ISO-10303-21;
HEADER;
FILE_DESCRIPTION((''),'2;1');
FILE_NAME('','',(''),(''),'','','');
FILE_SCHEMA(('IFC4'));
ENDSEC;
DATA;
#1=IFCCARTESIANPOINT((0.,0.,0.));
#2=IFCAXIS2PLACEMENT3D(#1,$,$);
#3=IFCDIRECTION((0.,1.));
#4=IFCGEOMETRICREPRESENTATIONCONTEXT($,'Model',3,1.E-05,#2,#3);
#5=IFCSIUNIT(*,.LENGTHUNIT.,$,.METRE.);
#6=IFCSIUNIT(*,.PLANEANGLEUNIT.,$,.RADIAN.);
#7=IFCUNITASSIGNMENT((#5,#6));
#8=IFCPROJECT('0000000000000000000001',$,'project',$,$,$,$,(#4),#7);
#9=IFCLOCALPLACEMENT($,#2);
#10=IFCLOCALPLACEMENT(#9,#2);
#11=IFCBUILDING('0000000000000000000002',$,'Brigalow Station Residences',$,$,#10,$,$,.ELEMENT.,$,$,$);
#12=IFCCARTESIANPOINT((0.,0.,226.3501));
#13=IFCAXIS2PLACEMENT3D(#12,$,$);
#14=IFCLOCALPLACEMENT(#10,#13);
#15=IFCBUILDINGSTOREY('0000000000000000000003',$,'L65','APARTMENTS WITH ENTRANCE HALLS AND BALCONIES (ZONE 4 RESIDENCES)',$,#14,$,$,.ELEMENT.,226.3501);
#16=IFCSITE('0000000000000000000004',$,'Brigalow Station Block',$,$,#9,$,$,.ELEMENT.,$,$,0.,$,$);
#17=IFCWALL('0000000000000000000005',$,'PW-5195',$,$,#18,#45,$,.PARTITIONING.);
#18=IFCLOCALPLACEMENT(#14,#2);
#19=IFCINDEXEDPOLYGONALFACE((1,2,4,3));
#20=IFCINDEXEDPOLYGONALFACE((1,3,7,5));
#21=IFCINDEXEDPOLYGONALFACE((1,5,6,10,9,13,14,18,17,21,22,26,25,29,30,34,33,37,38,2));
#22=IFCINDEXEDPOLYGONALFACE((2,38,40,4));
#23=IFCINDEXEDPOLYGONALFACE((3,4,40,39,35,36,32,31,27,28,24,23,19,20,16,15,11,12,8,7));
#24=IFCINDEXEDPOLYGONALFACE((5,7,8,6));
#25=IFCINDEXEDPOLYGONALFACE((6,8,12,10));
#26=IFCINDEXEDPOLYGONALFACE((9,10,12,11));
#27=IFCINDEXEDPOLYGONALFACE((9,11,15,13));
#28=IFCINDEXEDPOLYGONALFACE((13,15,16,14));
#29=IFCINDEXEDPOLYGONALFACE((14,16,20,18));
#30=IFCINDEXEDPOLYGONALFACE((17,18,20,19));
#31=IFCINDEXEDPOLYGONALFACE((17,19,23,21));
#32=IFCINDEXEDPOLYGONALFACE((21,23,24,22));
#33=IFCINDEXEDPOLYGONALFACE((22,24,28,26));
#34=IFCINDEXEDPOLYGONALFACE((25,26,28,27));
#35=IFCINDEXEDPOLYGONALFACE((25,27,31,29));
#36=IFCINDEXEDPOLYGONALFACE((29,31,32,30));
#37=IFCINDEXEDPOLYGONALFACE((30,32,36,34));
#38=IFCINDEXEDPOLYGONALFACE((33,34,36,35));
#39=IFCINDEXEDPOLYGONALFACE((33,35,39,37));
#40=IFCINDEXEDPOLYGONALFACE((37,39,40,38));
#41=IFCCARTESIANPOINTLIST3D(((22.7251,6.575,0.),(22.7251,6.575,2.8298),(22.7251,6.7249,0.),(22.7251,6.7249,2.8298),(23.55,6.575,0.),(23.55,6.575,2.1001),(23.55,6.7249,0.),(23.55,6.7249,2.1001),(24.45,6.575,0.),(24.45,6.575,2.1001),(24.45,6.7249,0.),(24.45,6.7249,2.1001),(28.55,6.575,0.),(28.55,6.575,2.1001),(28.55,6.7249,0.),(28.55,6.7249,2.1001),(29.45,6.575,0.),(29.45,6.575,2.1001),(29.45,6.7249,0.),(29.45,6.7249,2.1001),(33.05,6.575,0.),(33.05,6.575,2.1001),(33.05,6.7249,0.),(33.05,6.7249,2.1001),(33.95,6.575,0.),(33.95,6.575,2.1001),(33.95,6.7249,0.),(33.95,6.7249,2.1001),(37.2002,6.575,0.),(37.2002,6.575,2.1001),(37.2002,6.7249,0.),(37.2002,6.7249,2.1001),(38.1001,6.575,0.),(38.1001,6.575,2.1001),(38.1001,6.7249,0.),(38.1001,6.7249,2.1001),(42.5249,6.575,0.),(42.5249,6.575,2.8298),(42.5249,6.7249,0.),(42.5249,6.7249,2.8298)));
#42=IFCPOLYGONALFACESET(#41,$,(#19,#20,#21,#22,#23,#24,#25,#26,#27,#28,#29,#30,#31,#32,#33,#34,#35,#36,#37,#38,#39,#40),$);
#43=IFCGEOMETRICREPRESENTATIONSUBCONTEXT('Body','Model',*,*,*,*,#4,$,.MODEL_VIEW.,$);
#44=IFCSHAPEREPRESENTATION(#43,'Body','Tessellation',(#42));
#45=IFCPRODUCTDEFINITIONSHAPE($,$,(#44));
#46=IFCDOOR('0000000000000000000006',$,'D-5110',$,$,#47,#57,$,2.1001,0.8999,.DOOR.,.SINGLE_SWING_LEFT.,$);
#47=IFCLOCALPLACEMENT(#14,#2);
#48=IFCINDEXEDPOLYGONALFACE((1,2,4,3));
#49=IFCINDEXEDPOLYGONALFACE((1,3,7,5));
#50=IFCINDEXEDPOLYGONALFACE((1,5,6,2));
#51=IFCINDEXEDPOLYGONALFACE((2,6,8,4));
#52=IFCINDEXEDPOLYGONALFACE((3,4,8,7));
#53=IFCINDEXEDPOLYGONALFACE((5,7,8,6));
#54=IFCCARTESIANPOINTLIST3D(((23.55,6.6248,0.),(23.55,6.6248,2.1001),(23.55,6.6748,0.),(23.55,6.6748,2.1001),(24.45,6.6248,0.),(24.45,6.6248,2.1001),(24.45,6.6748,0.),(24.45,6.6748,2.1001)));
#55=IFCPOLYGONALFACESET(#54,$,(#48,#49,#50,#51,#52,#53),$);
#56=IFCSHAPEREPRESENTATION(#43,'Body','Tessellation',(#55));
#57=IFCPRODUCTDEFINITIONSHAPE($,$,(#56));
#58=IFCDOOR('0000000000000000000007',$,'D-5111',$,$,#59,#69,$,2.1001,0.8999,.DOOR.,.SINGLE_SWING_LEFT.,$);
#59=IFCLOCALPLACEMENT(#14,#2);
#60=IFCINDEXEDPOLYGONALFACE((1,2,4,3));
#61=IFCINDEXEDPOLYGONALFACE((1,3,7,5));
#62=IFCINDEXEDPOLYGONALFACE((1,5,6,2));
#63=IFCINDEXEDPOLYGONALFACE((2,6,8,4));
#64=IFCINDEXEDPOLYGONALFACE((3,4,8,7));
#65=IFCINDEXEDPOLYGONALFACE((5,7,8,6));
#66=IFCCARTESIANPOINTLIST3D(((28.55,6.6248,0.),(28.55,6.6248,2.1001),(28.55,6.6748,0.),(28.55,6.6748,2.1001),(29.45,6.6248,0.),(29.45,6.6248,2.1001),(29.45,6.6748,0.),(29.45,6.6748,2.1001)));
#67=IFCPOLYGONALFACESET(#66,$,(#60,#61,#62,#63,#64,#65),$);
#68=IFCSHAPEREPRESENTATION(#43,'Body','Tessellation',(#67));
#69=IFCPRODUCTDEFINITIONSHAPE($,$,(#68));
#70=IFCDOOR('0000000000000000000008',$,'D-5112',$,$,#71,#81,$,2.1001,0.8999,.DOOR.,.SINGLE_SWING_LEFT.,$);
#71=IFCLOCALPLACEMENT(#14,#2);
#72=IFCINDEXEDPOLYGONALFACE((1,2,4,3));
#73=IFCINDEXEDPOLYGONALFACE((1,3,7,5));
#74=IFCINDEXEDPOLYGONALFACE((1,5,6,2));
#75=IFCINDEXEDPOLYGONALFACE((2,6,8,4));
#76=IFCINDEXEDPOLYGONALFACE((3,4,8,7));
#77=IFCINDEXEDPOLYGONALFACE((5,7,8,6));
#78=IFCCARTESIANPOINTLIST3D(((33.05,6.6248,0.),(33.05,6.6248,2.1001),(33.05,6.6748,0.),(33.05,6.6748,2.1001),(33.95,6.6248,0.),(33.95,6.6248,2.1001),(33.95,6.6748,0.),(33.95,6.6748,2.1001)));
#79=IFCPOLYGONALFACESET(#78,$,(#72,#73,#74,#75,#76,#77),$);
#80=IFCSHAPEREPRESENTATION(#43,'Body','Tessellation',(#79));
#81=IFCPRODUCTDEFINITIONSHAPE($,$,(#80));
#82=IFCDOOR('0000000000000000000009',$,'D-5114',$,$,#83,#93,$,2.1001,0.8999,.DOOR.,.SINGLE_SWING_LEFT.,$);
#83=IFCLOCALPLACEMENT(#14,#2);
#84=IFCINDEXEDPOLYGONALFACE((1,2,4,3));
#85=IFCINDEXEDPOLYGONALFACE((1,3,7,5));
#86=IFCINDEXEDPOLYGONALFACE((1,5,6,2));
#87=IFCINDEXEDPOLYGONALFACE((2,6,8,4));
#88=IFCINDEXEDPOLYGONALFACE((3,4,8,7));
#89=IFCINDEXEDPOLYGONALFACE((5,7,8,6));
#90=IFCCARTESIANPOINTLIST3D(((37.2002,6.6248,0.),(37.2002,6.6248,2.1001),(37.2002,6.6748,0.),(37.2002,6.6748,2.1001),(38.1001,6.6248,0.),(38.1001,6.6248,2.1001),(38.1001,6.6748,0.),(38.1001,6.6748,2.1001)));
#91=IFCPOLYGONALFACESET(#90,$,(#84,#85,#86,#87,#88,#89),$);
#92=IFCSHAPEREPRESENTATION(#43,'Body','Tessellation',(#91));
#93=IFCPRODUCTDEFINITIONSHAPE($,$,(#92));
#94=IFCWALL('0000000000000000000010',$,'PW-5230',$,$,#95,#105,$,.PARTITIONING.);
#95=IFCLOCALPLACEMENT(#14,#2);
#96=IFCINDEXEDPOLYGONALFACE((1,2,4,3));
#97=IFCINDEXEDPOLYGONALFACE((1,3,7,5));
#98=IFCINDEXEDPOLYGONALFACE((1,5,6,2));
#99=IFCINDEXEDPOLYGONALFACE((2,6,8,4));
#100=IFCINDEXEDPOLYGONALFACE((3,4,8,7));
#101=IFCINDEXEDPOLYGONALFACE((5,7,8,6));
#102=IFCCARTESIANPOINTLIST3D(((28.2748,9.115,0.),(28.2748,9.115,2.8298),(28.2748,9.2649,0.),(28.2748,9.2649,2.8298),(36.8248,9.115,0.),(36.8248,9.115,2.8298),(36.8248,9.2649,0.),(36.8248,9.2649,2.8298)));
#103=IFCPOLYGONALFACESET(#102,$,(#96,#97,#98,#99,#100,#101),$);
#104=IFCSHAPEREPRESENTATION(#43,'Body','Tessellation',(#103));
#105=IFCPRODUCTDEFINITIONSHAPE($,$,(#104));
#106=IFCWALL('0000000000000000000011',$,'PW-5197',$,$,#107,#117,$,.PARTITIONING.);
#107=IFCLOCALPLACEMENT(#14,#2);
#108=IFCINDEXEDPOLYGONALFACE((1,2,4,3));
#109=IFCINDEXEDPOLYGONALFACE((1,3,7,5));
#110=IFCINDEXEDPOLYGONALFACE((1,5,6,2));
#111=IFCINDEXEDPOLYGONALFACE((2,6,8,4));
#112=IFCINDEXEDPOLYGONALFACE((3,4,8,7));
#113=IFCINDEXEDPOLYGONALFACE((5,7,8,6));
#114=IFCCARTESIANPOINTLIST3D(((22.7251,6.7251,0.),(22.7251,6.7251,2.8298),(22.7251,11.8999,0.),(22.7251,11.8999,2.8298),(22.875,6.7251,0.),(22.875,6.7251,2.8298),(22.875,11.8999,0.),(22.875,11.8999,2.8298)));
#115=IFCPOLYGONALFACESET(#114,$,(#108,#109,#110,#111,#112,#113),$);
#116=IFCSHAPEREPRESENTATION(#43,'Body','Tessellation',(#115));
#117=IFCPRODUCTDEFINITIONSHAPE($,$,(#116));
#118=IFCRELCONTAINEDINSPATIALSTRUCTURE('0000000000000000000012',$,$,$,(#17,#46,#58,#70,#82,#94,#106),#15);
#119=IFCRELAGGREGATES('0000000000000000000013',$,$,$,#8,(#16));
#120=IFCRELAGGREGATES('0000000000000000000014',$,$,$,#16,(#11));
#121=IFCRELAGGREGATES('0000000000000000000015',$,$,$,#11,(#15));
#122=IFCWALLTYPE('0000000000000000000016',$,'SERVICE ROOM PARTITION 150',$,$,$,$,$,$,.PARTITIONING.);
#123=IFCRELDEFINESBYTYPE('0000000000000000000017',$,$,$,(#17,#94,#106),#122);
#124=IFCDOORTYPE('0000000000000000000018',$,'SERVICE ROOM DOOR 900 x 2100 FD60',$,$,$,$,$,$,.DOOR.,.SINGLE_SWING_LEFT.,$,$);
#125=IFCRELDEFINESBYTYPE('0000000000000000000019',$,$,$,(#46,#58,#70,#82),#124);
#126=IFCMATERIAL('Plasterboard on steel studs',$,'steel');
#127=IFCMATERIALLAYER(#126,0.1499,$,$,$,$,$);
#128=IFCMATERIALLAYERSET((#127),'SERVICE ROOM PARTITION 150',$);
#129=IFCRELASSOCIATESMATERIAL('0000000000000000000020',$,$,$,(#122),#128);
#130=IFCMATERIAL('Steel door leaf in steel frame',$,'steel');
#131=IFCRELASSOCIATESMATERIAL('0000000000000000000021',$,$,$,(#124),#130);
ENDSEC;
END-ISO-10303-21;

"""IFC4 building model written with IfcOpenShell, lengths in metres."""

from ifc_helpers import new_model, si_unit, direction, frame, frame_2d, origin, place, context, subcontext, project, spatial, rectangle, extrude, material, layer, layer_set, type_object, element, fill, save


model = new_model("IFC4")

# Units and contexts
model_context = context("Model", 3, precision=1e-05, world=origin(), true_north=direction((0.0, 1.0)))
body_context = subcontext(model_context, "Body", "Model", "MODEL_VIEW")
ifc_project = project(units=[si_unit("LENGTHUNIT", "METRE"), si_unit("PLANEANGLEUNIT", "RADIAN")], contexts=[model_context])

# Site, building, storey
site_placement = place(None, origin())
site = spatial("IfcSite", under=ifc_project, at=site_placement, Name="Brigalow Station Block", CompositionType="ELEMENT", RefElevation=0.0)
building_placement = place(site_placement, origin())
building = spatial("IfcBuilding", under=site, at=building_placement, Name="Brigalow Station Residences", CompositionType="ELEMENT")
storey_placement = place(building_placement, frame((0.0, 0.0, 226.3501)))
storey = spatial("IfcBuildingStorey", under=building, at=storey_placement, Name="L65", Description="APARTMENTS WITH ENTRANCE HALLS AND BALCONIES (ZONE 4 RESIDENCES)", CompositionType="ELEMENT", Elevation=226.3501)

# Shared definitions
ifc_material_1 = material(Name="Plasterboard on steel studs", Category="steel")
ifc_layer_1 = layer(ifc_material_1, 0.1499)
ifc_layer_set_1 = layer_set([ifc_layer_1], Name="SERVICE ROOM PARTITION 150")
wall_type_1 = type_object("IfcWallType", Name="SERVICE ROOM PARTITION 150", PredefinedType="PARTITIONING", material=ifc_layer_set_1)
ifc_material_2 = material(Name="Steel door leaf in steel frame", Category="steel")
door_type_1 = type_object("IfcDoorType", Name="SERVICE ROOM DOOR 900 x 2100 FD60", OperationType="SINGLE_SWING_LEFT", PredefinedType="DOOR", material=ifc_material_2)

# Wall, openings, doors
wall_1_placement = place(storey_placement, frame((22.7251, 6.6499, 0.0), z_axis=(0.0, 0.0, 1.0), x_axis=(1.0, 0.0, 0.0)))
wall_1 = element("IfcWall", 1, at=wall_1_placement, inside=storey, type_object=wall_type_1, Name="PW-5195", PredefinedType="PARTITIONING", context=body_context, shape_type="SweptSolid", body=[
    extrude(rectangle(XDim=19.7998, YDim=0.1499, at=frame_2d((9.8999, 0.0))), origin(), (0.0, 0.0, 1.0), 2.8298),
])
opening_1_placement = place(wall_1_placement, frame((0.825, 0.0, 0.0)))
opening_1 = element("IfcOpeningElement", 2, at=opening_1_placement, cuts=wall_1, PredefinedType="OPENING", context=body_context, shape_type="SweptSolid", body=[
    extrude(rectangle(XDim=0.8999, YDim=2.1001, at=frame_2d((0.45, 1.05))), frame((0.0, 0.085, 0.0), z_axis=(0.0, -1.0, 0.0), x_axis=(1.0, 0.0, 0.0)), (0.0, 0.0, 1.0), 0.1699),
])
opening_2_placement = place(wall_1_placement, frame((5.825, 0.0, 0.0)))
opening_2 = element("IfcOpeningElement", 3, at=opening_2_placement, cuts=wall_1, PredefinedType="OPENING", context=body_context, shape_type="SweptSolid", body=[
    extrude(rectangle(XDim=0.8999, YDim=2.1001, at=frame_2d((0.45, 1.05))), frame((0.0, 0.085, 0.0), z_axis=(0.0, -1.0, 0.0), x_axis=(1.0, 0.0, 0.0)), (0.0, 0.0, 1.0), 0.1699),
])
opening_3_placement = place(wall_1_placement, frame((10.325, 0.0, 0.0)))
opening_3 = element("IfcOpeningElement", 4, at=opening_3_placement, cuts=wall_1, PredefinedType="OPENING", context=body_context, shape_type="SweptSolid", body=[
    extrude(rectangle(XDim=0.8999, YDim=2.1001, at=frame_2d((0.45, 1.05))), frame((0.0, 0.085, 0.0), z_axis=(0.0, -1.0, 0.0), x_axis=(1.0, 0.0, 0.0)), (0.0, 0.0, 1.0), 0.1699),
])
opening_4_placement = place(wall_1_placement, frame((14.4751, 0.0, 0.0)))
opening_4 = element("IfcOpeningElement", 5, at=opening_4_placement, cuts=wall_1, PredefinedType="OPENING", context=body_context, shape_type="SweptSolid", body=[
    extrude(rectangle(XDim=0.8999, YDim=2.1001, at=frame_2d((0.45, 1.05))), frame((0.0, 0.085, 0.0), z_axis=(0.0, -1.0, 0.0), x_axis=(1.0, 0.0, 0.0)), (0.0, 0.0, 1.0), 0.1699),
])
door_1_placement = place(opening_1_placement, origin())
door_1 = element("IfcDoor", 6, at=door_1_placement, inside=storey, type_object=door_type_1, Name="D-5110", OperationType="SINGLE_SWING_LEFT", OverallHeight=2.1001, OverallWidth=0.8999, PredefinedType="DOOR", context=body_context, shape_type="SweptSolid", body=[
    extrude(rectangle(XDim=0.8999, YDim=2.1001, at=frame_2d((0.45, 1.05))), frame((0.0, 0.0249, 0.0), z_axis=(0.0, -1.0, 0.0), x_axis=(1.0, 0.0, 0.0)), (0.0, 0.0, 1.0), 0.05),
])
fill(opening_1, door_1)
door_2_placement = place(opening_2_placement, origin())
door_2 = element("IfcDoor", 7, at=door_2_placement, inside=storey, type_object=door_type_1, Name="D-5111", OperationType="SINGLE_SWING_LEFT", OverallHeight=2.1001, OverallWidth=0.8999, PredefinedType="DOOR", context=body_context, shape_type="SweptSolid", body=[
    extrude(rectangle(XDim=0.8999, YDim=2.1001, at=frame_2d((0.45, 1.05))), frame((0.0, 0.0249, 0.0), z_axis=(0.0, -1.0, 0.0), x_axis=(1.0, 0.0, 0.0)), (0.0, 0.0, 1.0), 0.05),
])
fill(opening_2, door_2)
door_3_placement = place(opening_3_placement, origin())
door_3 = element("IfcDoor", 8, at=door_3_placement, inside=storey, type_object=door_type_1, Name="D-5112", OperationType="SINGLE_SWING_LEFT", OverallHeight=2.1001, OverallWidth=0.8999, PredefinedType="DOOR", context=body_context, shape_type="SweptSolid", body=[
    extrude(rectangle(XDim=0.8999, YDim=2.1001, at=frame_2d((0.45, 1.05))), frame((0.0, 0.0249, 0.0), z_axis=(0.0, -1.0, 0.0), x_axis=(1.0, 0.0, 0.0)), (0.0, 0.0, 1.0), 0.05),
])
fill(opening_3, door_3)
door_4_placement = place(opening_4_placement, origin())
door_4 = element("IfcDoor", 9, at=door_4_placement, inside=storey, type_object=door_type_1, Name="D-5114", OperationType="SINGLE_SWING_LEFT", OverallHeight=2.1001, OverallWidth=0.8999, PredefinedType="DOOR", context=body_context, shape_type="SweptSolid", body=[
    extrude(rectangle(XDim=0.8999, YDim=2.1001, at=frame_2d((0.45, 1.05))), frame((0.0, 0.0249, 0.0), z_axis=(0.0, -1.0, 0.0), x_axis=(1.0, 0.0, 0.0)), (0.0, 0.0, 1.0), 0.05),
])
fill(opening_4, door_4)

# Walls
wall_2_placement = place(storey_placement, frame((28.2749, 9.1899, 0.0), z_axis=(0.0, 0.0, 1.0), x_axis=(1.0, 0.0, 0.0)))
element("IfcWall", 10, at=wall_2_placement, inside=storey, type_object=wall_type_1, Name="PW-5230", PredefinedType="PARTITIONING", context=body_context, shape_type="SweptSolid", body=[
    extrude(rectangle(XDim=8.55, YDim=0.1499, at=frame_2d((4.2749, 0.0))), origin(), (0.0, 0.0, 1.0), 2.8298),
])
wall_3_placement = place(storey_placement, frame((22.8, 6.7251, 0.0), z_axis=(0.0, 0.0, 1.0), x_axis=(0.0, 1.0, 0.0)))
element("IfcWall", 11, at=wall_3_placement, inside=storey, type_object=wall_type_1, Name="PW-5197", PredefinedType="PARTITIONING", context=body_context, shape_type="SweptSolid", body=[
    extrude(rectangle(XDim=5.1748, YDim=0.1499, at=frame_2d((2.5874, 0.0))), origin(), (0.0, 0.0, 1.0), 2.8298),
])

save(model, "model.ifc")
